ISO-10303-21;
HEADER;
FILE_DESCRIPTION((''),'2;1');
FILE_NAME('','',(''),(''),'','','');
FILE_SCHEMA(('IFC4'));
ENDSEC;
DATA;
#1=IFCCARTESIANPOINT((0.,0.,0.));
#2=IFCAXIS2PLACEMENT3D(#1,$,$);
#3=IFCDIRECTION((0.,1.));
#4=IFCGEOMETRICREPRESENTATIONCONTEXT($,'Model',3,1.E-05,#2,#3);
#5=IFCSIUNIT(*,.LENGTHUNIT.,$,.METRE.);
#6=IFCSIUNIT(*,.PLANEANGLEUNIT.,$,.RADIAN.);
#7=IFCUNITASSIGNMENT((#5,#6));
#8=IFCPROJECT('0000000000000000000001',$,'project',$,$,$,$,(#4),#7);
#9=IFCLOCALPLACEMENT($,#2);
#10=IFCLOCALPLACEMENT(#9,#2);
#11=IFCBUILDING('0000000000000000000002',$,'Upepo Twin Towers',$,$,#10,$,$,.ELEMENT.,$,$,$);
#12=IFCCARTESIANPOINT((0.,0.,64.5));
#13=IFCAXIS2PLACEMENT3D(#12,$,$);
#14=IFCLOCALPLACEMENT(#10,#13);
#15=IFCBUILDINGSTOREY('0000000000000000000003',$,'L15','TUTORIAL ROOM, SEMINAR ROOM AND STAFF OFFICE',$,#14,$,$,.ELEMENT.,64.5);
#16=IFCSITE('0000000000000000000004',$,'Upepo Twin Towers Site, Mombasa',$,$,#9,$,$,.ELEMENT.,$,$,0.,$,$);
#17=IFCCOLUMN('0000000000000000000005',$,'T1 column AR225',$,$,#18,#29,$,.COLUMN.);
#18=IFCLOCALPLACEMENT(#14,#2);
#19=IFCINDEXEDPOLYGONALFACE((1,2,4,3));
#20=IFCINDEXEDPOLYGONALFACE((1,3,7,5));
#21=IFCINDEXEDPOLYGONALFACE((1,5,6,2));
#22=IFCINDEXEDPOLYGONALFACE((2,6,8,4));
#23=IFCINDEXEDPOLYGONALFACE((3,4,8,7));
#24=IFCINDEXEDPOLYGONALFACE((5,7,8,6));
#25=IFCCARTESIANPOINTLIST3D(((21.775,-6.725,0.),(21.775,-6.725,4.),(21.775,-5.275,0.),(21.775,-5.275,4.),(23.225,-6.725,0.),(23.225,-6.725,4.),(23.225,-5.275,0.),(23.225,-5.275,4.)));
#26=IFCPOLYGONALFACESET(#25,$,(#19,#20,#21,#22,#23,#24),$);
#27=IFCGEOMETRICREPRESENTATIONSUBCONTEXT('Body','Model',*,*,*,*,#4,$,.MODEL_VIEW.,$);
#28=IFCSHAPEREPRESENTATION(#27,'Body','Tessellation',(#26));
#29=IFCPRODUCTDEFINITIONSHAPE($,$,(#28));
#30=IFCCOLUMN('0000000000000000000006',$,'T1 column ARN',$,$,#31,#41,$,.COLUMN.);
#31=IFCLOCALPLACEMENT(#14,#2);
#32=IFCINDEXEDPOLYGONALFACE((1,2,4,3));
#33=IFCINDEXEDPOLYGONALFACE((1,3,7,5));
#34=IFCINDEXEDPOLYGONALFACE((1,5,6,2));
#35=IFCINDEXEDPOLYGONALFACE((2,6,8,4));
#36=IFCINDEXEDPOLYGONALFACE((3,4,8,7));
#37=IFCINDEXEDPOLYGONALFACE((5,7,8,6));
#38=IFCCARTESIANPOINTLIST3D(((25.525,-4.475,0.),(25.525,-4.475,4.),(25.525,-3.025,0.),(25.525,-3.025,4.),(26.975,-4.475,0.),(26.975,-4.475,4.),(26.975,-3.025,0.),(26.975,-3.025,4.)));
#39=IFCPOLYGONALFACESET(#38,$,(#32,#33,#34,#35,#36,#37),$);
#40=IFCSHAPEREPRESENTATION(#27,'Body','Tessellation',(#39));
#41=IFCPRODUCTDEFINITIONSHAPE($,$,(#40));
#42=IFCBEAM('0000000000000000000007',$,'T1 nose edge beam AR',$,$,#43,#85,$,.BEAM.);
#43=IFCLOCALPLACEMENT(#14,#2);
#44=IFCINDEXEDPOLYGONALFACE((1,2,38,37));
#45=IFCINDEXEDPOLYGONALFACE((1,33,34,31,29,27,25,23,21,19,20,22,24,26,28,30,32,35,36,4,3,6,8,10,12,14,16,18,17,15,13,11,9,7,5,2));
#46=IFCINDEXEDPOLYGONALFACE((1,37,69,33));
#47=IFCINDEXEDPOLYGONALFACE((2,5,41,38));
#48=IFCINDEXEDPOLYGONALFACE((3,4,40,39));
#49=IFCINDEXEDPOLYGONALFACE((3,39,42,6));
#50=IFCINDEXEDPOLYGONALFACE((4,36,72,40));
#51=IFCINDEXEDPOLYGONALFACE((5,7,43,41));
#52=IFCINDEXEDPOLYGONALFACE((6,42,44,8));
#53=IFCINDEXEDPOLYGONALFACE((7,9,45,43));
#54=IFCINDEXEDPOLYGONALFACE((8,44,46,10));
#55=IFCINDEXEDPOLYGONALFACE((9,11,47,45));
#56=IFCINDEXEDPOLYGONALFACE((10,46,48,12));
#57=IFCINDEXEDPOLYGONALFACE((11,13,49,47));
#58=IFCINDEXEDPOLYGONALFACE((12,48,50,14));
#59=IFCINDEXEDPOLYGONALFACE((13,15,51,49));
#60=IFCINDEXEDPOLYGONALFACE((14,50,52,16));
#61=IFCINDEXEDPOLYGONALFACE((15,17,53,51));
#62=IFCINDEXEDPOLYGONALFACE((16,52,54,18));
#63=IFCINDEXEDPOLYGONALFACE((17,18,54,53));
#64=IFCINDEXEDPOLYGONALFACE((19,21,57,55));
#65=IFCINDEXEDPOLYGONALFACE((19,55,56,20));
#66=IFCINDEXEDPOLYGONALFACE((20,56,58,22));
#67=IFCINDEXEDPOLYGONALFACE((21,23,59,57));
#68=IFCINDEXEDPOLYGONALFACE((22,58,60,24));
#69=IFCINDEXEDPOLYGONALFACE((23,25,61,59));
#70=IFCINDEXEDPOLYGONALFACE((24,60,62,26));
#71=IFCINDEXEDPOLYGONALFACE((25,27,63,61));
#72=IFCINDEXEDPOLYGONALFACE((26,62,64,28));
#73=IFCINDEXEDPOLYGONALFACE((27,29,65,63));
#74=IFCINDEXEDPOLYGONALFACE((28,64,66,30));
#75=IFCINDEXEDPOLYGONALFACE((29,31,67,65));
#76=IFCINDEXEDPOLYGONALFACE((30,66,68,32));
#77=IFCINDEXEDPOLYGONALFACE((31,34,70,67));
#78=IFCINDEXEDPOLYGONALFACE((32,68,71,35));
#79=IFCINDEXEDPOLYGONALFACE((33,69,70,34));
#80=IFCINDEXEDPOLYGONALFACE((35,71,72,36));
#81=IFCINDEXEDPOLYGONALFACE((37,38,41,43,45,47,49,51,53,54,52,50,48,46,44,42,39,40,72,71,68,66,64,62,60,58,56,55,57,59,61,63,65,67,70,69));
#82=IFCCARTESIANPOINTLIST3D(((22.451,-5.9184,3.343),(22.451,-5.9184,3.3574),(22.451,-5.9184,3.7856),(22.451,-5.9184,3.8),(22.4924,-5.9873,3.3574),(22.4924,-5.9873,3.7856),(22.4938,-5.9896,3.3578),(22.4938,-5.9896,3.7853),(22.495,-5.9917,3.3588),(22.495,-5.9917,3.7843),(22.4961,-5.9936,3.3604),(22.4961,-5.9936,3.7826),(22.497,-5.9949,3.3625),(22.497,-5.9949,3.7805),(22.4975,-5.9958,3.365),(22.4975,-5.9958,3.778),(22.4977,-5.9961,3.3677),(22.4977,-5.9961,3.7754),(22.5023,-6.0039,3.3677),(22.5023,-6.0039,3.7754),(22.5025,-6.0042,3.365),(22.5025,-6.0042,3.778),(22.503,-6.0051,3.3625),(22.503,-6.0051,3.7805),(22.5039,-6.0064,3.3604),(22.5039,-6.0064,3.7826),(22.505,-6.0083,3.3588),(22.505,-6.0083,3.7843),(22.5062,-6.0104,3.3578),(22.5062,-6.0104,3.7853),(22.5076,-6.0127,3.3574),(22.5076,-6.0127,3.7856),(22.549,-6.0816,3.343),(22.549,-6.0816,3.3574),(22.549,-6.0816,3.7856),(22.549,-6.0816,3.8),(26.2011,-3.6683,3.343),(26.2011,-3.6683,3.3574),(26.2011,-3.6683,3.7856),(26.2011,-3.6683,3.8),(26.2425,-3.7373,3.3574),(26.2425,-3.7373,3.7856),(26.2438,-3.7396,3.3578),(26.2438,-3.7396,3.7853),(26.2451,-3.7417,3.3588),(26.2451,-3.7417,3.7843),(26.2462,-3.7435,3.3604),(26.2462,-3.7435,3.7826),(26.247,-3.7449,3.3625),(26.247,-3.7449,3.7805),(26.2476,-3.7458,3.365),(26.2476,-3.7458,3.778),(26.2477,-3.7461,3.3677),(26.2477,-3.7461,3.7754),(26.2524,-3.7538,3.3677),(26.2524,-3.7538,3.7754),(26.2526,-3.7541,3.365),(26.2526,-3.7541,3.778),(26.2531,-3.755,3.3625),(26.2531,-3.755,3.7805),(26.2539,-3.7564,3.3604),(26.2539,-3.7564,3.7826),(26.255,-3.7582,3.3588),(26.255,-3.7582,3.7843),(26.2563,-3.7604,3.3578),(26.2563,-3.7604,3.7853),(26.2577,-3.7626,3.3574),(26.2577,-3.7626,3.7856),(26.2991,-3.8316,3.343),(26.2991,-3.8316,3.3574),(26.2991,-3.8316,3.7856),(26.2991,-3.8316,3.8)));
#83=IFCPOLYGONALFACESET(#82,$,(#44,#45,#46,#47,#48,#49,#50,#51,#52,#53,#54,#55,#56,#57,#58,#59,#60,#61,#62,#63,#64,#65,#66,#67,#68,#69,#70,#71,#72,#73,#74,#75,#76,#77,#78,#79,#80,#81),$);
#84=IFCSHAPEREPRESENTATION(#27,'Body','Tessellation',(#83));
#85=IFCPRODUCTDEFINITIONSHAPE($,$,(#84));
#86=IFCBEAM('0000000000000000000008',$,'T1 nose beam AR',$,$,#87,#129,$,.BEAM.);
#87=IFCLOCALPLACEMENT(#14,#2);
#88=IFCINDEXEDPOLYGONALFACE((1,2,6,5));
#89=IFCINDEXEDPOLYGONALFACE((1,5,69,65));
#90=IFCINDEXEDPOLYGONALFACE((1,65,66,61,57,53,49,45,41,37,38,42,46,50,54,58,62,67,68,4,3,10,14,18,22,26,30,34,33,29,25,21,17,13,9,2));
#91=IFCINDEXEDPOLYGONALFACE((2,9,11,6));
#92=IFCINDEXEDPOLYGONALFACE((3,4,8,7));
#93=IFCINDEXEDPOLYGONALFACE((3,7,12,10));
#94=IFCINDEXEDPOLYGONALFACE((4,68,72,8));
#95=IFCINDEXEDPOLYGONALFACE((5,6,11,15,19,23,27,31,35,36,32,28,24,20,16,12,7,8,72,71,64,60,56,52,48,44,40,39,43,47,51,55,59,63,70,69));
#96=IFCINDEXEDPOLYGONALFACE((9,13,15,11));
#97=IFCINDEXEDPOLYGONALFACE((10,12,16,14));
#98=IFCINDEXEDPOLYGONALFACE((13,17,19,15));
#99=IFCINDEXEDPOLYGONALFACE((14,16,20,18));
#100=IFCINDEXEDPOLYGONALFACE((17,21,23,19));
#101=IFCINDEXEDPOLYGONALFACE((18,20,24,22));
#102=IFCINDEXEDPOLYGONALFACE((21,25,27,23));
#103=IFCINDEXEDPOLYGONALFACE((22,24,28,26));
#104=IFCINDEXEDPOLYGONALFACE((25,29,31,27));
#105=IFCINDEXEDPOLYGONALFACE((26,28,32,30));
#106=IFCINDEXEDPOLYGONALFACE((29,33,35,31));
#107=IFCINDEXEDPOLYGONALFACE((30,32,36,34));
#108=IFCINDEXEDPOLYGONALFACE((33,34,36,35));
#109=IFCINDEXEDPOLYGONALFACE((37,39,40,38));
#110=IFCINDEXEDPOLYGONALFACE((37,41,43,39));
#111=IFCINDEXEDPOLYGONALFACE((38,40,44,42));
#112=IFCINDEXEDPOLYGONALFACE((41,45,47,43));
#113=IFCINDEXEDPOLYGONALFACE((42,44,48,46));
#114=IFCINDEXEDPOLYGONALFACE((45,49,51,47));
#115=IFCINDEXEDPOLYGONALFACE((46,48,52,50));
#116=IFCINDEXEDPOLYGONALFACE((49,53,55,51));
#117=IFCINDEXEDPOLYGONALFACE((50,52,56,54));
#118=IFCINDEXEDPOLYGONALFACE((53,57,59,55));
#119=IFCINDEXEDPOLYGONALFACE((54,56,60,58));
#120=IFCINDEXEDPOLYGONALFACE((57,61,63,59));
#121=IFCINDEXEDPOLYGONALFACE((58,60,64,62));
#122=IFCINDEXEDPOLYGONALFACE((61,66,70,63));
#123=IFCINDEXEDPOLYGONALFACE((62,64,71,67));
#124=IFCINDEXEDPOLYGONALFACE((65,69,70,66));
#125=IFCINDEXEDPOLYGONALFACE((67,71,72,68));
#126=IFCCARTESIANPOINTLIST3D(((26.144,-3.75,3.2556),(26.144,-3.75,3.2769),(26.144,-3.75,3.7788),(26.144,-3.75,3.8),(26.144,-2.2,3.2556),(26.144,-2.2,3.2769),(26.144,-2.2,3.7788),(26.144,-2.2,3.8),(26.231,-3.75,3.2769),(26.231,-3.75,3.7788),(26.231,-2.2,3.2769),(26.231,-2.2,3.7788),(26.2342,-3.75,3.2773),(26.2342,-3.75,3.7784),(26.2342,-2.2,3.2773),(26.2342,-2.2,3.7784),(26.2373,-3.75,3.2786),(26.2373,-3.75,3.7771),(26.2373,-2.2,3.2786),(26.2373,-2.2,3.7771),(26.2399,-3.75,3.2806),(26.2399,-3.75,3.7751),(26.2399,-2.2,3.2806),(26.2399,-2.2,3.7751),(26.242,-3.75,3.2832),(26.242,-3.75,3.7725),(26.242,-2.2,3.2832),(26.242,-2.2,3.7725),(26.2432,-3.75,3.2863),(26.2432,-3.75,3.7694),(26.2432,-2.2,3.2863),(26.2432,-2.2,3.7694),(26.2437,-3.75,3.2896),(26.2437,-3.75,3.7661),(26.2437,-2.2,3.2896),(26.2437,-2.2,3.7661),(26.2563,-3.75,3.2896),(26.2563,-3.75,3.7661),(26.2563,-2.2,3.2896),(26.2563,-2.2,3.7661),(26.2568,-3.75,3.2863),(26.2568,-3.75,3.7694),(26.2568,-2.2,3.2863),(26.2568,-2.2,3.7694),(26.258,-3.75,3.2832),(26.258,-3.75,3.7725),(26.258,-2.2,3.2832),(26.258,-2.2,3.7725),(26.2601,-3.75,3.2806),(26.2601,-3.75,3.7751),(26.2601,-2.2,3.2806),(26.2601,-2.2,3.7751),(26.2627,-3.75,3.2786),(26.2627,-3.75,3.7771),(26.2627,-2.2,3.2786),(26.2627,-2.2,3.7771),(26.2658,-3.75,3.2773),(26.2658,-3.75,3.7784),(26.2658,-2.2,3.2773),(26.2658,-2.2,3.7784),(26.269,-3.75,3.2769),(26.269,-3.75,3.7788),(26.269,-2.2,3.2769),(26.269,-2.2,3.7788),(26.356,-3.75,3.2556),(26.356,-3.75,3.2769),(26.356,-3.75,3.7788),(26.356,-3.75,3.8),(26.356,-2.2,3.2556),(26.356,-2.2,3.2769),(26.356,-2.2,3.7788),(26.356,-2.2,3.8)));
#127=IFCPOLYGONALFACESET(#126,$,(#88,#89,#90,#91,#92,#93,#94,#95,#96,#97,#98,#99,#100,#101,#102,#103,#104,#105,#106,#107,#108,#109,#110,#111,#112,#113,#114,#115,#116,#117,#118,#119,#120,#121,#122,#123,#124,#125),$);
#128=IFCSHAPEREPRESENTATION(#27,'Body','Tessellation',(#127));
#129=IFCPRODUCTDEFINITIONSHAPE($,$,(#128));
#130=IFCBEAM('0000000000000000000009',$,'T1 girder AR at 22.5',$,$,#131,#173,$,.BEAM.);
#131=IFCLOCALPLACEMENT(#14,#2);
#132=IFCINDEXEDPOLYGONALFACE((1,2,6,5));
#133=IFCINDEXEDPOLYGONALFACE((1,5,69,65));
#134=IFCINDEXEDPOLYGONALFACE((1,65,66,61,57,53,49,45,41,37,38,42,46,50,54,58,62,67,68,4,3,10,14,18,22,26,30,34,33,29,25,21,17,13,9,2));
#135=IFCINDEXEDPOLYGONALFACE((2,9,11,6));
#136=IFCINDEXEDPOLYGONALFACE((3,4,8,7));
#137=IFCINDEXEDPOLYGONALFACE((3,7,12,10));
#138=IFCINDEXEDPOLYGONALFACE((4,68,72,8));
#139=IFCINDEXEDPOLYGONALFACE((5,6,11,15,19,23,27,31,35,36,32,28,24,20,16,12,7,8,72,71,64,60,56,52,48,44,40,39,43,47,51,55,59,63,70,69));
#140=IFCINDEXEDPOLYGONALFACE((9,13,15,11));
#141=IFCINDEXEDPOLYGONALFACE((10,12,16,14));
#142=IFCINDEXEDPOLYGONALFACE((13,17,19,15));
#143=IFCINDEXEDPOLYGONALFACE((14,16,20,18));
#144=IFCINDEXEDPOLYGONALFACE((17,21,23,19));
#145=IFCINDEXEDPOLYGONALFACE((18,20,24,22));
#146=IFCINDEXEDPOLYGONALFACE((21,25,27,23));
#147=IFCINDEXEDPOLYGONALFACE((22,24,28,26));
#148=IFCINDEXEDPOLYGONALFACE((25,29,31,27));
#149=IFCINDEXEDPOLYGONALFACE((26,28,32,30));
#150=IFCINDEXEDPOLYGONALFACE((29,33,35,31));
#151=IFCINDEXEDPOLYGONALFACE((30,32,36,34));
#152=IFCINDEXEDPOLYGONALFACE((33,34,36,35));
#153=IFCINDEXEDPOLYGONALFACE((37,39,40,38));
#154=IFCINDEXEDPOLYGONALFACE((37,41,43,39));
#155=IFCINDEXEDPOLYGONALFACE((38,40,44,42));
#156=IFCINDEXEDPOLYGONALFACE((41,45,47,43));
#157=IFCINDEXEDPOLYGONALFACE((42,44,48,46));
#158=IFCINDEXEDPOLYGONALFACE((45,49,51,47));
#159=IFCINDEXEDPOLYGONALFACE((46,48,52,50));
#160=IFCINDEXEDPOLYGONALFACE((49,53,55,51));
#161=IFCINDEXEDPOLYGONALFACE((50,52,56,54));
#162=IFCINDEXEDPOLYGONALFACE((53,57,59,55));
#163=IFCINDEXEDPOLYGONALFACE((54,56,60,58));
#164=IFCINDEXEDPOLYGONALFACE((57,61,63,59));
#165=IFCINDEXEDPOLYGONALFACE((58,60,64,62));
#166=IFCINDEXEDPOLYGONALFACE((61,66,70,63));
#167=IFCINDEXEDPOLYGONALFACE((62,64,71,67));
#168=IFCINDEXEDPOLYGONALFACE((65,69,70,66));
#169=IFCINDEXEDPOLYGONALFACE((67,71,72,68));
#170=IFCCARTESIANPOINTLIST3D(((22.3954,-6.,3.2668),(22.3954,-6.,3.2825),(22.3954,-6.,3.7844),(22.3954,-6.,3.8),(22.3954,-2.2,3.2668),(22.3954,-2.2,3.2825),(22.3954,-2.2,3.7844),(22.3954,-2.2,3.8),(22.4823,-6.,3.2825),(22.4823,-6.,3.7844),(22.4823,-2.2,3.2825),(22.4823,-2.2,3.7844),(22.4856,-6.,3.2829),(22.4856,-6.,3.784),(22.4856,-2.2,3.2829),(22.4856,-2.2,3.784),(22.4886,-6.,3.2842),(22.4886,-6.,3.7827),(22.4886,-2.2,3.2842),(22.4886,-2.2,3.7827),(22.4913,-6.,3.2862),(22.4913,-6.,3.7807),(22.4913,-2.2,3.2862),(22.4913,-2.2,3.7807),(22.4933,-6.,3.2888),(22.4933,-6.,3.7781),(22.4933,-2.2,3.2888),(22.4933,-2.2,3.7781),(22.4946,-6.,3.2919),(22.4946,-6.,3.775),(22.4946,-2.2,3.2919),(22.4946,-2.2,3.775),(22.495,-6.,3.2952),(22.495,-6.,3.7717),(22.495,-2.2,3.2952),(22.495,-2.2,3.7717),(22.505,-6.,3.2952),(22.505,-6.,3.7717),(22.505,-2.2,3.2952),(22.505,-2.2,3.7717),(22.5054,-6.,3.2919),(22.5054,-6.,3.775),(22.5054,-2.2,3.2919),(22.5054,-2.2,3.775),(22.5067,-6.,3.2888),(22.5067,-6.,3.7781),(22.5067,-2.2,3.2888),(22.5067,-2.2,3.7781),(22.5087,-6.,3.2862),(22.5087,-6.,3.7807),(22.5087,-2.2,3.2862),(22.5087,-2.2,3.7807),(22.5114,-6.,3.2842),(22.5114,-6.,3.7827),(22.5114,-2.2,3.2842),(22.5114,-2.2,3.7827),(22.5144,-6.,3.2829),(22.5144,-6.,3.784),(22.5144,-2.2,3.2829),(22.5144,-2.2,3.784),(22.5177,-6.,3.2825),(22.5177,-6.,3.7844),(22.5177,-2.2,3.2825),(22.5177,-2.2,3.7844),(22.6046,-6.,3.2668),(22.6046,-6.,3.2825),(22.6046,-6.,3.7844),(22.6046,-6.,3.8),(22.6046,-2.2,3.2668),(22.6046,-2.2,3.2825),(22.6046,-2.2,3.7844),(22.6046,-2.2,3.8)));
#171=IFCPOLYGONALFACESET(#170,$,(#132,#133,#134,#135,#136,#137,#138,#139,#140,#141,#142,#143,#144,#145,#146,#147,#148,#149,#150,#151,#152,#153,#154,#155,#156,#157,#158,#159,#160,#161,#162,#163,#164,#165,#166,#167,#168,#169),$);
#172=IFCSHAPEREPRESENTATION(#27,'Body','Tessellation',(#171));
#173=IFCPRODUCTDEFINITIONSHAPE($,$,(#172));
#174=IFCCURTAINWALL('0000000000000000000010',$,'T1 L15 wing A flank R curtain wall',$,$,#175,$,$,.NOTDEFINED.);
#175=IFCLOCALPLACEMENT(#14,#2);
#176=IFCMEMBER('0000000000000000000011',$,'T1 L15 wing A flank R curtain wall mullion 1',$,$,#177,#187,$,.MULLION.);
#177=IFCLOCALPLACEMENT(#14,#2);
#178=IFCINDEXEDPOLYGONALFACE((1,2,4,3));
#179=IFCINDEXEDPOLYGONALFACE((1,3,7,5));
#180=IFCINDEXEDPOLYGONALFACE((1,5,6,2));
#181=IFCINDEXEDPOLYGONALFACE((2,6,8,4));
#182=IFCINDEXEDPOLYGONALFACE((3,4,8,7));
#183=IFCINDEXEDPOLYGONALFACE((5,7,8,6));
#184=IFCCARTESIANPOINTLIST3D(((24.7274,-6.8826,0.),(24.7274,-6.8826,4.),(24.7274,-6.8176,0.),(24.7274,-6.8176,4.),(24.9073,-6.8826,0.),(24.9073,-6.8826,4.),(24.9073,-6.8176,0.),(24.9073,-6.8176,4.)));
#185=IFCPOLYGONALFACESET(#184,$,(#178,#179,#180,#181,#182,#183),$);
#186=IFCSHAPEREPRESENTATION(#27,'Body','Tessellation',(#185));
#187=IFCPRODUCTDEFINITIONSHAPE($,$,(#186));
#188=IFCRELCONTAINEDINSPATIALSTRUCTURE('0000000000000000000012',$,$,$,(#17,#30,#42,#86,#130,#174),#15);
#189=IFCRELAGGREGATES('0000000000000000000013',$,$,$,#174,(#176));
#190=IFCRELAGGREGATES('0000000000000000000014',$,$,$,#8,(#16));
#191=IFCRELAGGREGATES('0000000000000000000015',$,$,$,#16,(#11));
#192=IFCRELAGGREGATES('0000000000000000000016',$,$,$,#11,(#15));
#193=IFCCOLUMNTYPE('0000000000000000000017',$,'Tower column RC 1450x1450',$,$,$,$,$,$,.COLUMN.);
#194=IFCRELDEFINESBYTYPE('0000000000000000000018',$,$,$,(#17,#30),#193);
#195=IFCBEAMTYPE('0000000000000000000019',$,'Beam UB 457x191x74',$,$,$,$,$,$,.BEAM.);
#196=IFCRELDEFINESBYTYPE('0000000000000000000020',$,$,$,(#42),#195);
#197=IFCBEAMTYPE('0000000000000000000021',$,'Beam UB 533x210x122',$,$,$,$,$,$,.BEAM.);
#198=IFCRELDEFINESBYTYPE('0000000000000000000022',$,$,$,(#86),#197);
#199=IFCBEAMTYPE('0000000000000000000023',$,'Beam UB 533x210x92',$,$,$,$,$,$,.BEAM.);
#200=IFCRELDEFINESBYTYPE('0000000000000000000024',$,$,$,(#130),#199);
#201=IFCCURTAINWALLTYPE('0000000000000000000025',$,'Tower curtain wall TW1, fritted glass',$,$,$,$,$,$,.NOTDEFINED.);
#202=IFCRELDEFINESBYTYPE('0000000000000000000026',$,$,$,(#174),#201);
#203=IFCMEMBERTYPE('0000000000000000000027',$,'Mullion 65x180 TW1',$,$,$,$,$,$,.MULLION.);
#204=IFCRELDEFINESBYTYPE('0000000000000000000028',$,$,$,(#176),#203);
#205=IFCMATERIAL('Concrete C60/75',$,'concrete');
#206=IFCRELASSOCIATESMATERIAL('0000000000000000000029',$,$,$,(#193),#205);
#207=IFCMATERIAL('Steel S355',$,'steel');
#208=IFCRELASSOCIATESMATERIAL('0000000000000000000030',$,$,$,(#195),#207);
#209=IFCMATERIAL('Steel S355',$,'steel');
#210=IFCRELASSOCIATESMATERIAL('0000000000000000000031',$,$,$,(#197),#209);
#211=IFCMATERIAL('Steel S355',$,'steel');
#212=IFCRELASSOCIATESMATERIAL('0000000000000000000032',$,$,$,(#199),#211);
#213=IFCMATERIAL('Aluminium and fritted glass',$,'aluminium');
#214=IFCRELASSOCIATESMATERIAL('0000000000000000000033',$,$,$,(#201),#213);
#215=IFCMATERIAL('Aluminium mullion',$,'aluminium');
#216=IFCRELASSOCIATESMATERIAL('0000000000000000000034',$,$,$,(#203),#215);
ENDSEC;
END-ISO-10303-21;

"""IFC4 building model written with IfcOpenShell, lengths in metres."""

from ifc_helpers import new_model, si_unit, direction, frame, origin, origin_2d, place, context, subcontext, project, spatial, rectangle, i_section, extrude, material, material_profile, profile_set, type_object, element, aggregate, save


model = new_model("IFC4")

# Units and contexts
model_context = context("Model", 3, precision=1e-05, world=origin(), true_north=direction((0.0, 1.0)))
body_context = subcontext(model_context, "Body", "Model", "MODEL_VIEW")
ifc_project = project(units=[si_unit("LENGTHUNIT", "METRE"), si_unit("PLANEANGLEUNIT", "RADIAN")], contexts=[model_context])

# Site, building, storey
site_placement = place(None, origin())
site = spatial("IfcSite", under=ifc_project, at=site_placement, Name="Upepo Twin Towers Site, Mombasa", CompositionType="ELEMENT", RefElevation=0.0)
building_placement = place(site_placement, origin())
building = spatial("IfcBuilding", under=site, at=building_placement, Name="Upepo Twin Towers", CompositionType="ELEMENT")
storey_placement = place(building_placement, frame((0.0, 0.0, 64.5)))
storey = spatial("IfcBuildingStorey", under=building, at=storey_placement, Name="L15", Description="TUTORIAL ROOM, SEMINAR ROOM AND STAFF OFFICE", CompositionType="ELEMENT", Elevation=64.5)

# Columns
ifc_material_1 = material(Name="Concrete C60/75", Category="concrete")
ifc_material_profile_1 = material_profile(ifc_material_1, rectangle(XDim=1.45, YDim=1.45, at=origin_2d()), Name="RC 1450x1450")
ifc_profile_set_1 = profile_set([ifc_material_profile_1], Name="Concrete C60/75")
column_type = type_object("IfcColumnType", Name="Tower column RC 1450x1450", PredefinedType="COLUMN", material=ifc_profile_set_1)
for number, where, z_axis, x_axis, name in (
    (1, (22.5, -6.0, 0.0), (0.0, 0.0, 1.0), (1.0, 0.0, 0.0), "T1 column AR225"),
    (2, (26.25, -3.75, 0.0), (0.0, 0.0, 1.0), (1.0, 0.0, 0.0), "T1 column ARN"),
):
    element("IfcColumn", number, at=place(storey_placement, frame(where, z_axis=z_axis, x_axis=x_axis)), inside=storey, type_object=column_type, Name=name, PredefinedType="COLUMN", context=body_context, shape_type="SweptSolid", body=[
        extrude(rectangle(XDim=1.45, YDim=1.45, at=origin_2d()), origin(), (0.0, 0.0, 1.0), 4.0),
    ])

# Beams
ifc_material_2 = material(Name="Steel S355", Category="steel")
ifc_material_profile_2 = material_profile(ifc_material_2, i_section(OverallWidth=0.1904, OverallDepth=0.457, WebThickness=0.009, FlangeThickness=0.0144, FilletRadius=0.0103, at=origin_2d()), Name="UB 457x191x74")
ifc_profile_set_2 = profile_set([ifc_material_profile_2], Name="Steel S355")
beam_type_1 = type_object("IfcBeamType", Name="Beam UB 457x191x74", PredefinedType="BEAM", material=ifc_profile_set_2)
beam_1_placement = place(storey_placement, frame((22.5, -6.0, 3.5715), z_axis=(0.857493, 0.514496, 0.0), x_axis=(-0.514496, 0.857493, 0.0)))
element("IfcBeam", 3, at=beam_1_placement, inside=storey, type_object=beam_type_1, Name="T1 nose edge beam AR", PredefinedType="BEAM", context=body_context, shape_type="SweptSolid", body=[
    extrude(i_section(OverallWidth=0.1904, OverallDepth=0.457, WebThickness=0.009, FlangeThickness=0.0144, FilletRadius=0.0103, at=origin_2d()), origin(), (0.0, 0.0, 1.0), 4.3733),
])
ifc_material_3 = material(Name="Steel S355", Category="steel")
ifc_material_profile_3 = material_profile(ifc_material_3, i_section(OverallWidth=0.2119, OverallDepth=0.5444, WebThickness=0.0127, FlangeThickness=0.0212, FilletRadius=0.0127, at=origin_2d()), Name="UB 533x210x122")
ifc_profile_set_3 = profile_set([ifc_material_profile_3], Name="Steel S355")
beam_type_2 = type_object("IfcBeamType", Name="Beam UB 533x210x122", PredefinedType="BEAM", material=ifc_profile_set_3)
beam_2_placement = place(storey_placement, frame((26.25, -3.75, 3.5278), z_axis=(0.0, 1.0, 0.0), x_axis=(-1.0, 0.0, 0.0)))
element("IfcBeam", 4, at=beam_2_placement, inside=storey, type_object=beam_type_2, Name="T1 nose beam AR", PredefinedType="BEAM", context=body_context, shape_type="SweptSolid", body=[
    extrude(i_section(OverallWidth=0.2119, OverallDepth=0.5444, WebThickness=0.0127, FlangeThickness=0.0212, FilletRadius=0.0127, at=origin_2d()), origin(), (0.0, 0.0, 1.0), 1.55),
])
ifc_material_4 = material(Name="Steel S355", Category="steel")
ifc_material_profile_4 = material_profile(ifc_material_4, i_section(OverallWidth=0.2092, OverallDepth=0.5332, WebThickness=0.01, FlangeThickness=0.0156, FilletRadius=0.0127, at=origin_2d()), Name="UB 533x210x92")
ifc_profile_set_4 = profile_set([ifc_material_profile_4], Name="Steel S355")
beam_type_3 = type_object("IfcBeamType", Name="Beam UB 533x210x92", PredefinedType="BEAM", material=ifc_profile_set_4)
beam_3_placement = place(storey_placement, frame((22.5, -6.0, 3.5334), z_axis=(0.0, 1.0, 0.0), x_axis=(-1.0, 0.0, 0.0)))
element("IfcBeam", 5, at=beam_3_placement, inside=storey, type_object=beam_type_3, Name="T1 girder AR at 22.5", PredefinedType="BEAM", context=body_context, shape_type="SweptSolid", body=[
    extrude(i_section(OverallWidth=0.2092, OverallDepth=0.5332, WebThickness=0.01, FlangeThickness=0.0156, FilletRadius=0.0127, at=origin_2d()), origin(), (0.0, 0.0, 1.0), 3.8),
])

# Curtain wall, member
ifc_material_5 = material(Name="Aluminium and fritted glass", Category="aluminium")
curtain_wall_type = type_object("IfcCurtainWallType", Name="Tower curtain wall TW1, fritted glass", PredefinedType="NOTDEFINED", material=ifc_material_5)
curtain_wall_1_placement = place(storey_placement, origin())
curtain_wall_1 = element("IfcCurtainWall", 6, at=curtain_wall_1_placement, inside=storey, type_object=curtain_wall_type, Name="T1 L15 wing A flank R curtain wall", PredefinedType="NOTDEFINED")
ifc_material_6 = material(Name="Aluminium mullion", Category="aluminium")
ifc_material_profile_5 = material_profile(ifc_material_6, rectangle(XDim=0.0649, YDim=0.1799, at=origin_2d()), Name="MULLION 65x180")
ifc_profile_set_5 = profile_set([ifc_material_profile_5], Name="Aluminium mullion")
member_type_1 = type_object("IfcMemberType", Name="Mullion 65x180 TW1", PredefinedType="MULLION", material=ifc_profile_set_5)
member_1_placement = place(storey_placement, frame((24.8174, -6.8501, 0.0), z_axis=(0.0, 0.0, 1.0), x_axis=(0.0, -1.0, 0.0)))
member_1 = element("IfcMember", 7, at=member_1_placement, type_object=member_type_1, Name="T1 L15 wing A flank R curtain wall mullion 1", PredefinedType="MULLION", context=body_context, shape_type="SweptSolid", body=[
    extrude(rectangle(XDim=0.0649, YDim=0.1799, at=origin_2d()), origin(), (0.0, 0.0, 1.0), 4.0),
])

aggregate(curtain_wall_1, [member_1])

save(model, "model.ifc")
